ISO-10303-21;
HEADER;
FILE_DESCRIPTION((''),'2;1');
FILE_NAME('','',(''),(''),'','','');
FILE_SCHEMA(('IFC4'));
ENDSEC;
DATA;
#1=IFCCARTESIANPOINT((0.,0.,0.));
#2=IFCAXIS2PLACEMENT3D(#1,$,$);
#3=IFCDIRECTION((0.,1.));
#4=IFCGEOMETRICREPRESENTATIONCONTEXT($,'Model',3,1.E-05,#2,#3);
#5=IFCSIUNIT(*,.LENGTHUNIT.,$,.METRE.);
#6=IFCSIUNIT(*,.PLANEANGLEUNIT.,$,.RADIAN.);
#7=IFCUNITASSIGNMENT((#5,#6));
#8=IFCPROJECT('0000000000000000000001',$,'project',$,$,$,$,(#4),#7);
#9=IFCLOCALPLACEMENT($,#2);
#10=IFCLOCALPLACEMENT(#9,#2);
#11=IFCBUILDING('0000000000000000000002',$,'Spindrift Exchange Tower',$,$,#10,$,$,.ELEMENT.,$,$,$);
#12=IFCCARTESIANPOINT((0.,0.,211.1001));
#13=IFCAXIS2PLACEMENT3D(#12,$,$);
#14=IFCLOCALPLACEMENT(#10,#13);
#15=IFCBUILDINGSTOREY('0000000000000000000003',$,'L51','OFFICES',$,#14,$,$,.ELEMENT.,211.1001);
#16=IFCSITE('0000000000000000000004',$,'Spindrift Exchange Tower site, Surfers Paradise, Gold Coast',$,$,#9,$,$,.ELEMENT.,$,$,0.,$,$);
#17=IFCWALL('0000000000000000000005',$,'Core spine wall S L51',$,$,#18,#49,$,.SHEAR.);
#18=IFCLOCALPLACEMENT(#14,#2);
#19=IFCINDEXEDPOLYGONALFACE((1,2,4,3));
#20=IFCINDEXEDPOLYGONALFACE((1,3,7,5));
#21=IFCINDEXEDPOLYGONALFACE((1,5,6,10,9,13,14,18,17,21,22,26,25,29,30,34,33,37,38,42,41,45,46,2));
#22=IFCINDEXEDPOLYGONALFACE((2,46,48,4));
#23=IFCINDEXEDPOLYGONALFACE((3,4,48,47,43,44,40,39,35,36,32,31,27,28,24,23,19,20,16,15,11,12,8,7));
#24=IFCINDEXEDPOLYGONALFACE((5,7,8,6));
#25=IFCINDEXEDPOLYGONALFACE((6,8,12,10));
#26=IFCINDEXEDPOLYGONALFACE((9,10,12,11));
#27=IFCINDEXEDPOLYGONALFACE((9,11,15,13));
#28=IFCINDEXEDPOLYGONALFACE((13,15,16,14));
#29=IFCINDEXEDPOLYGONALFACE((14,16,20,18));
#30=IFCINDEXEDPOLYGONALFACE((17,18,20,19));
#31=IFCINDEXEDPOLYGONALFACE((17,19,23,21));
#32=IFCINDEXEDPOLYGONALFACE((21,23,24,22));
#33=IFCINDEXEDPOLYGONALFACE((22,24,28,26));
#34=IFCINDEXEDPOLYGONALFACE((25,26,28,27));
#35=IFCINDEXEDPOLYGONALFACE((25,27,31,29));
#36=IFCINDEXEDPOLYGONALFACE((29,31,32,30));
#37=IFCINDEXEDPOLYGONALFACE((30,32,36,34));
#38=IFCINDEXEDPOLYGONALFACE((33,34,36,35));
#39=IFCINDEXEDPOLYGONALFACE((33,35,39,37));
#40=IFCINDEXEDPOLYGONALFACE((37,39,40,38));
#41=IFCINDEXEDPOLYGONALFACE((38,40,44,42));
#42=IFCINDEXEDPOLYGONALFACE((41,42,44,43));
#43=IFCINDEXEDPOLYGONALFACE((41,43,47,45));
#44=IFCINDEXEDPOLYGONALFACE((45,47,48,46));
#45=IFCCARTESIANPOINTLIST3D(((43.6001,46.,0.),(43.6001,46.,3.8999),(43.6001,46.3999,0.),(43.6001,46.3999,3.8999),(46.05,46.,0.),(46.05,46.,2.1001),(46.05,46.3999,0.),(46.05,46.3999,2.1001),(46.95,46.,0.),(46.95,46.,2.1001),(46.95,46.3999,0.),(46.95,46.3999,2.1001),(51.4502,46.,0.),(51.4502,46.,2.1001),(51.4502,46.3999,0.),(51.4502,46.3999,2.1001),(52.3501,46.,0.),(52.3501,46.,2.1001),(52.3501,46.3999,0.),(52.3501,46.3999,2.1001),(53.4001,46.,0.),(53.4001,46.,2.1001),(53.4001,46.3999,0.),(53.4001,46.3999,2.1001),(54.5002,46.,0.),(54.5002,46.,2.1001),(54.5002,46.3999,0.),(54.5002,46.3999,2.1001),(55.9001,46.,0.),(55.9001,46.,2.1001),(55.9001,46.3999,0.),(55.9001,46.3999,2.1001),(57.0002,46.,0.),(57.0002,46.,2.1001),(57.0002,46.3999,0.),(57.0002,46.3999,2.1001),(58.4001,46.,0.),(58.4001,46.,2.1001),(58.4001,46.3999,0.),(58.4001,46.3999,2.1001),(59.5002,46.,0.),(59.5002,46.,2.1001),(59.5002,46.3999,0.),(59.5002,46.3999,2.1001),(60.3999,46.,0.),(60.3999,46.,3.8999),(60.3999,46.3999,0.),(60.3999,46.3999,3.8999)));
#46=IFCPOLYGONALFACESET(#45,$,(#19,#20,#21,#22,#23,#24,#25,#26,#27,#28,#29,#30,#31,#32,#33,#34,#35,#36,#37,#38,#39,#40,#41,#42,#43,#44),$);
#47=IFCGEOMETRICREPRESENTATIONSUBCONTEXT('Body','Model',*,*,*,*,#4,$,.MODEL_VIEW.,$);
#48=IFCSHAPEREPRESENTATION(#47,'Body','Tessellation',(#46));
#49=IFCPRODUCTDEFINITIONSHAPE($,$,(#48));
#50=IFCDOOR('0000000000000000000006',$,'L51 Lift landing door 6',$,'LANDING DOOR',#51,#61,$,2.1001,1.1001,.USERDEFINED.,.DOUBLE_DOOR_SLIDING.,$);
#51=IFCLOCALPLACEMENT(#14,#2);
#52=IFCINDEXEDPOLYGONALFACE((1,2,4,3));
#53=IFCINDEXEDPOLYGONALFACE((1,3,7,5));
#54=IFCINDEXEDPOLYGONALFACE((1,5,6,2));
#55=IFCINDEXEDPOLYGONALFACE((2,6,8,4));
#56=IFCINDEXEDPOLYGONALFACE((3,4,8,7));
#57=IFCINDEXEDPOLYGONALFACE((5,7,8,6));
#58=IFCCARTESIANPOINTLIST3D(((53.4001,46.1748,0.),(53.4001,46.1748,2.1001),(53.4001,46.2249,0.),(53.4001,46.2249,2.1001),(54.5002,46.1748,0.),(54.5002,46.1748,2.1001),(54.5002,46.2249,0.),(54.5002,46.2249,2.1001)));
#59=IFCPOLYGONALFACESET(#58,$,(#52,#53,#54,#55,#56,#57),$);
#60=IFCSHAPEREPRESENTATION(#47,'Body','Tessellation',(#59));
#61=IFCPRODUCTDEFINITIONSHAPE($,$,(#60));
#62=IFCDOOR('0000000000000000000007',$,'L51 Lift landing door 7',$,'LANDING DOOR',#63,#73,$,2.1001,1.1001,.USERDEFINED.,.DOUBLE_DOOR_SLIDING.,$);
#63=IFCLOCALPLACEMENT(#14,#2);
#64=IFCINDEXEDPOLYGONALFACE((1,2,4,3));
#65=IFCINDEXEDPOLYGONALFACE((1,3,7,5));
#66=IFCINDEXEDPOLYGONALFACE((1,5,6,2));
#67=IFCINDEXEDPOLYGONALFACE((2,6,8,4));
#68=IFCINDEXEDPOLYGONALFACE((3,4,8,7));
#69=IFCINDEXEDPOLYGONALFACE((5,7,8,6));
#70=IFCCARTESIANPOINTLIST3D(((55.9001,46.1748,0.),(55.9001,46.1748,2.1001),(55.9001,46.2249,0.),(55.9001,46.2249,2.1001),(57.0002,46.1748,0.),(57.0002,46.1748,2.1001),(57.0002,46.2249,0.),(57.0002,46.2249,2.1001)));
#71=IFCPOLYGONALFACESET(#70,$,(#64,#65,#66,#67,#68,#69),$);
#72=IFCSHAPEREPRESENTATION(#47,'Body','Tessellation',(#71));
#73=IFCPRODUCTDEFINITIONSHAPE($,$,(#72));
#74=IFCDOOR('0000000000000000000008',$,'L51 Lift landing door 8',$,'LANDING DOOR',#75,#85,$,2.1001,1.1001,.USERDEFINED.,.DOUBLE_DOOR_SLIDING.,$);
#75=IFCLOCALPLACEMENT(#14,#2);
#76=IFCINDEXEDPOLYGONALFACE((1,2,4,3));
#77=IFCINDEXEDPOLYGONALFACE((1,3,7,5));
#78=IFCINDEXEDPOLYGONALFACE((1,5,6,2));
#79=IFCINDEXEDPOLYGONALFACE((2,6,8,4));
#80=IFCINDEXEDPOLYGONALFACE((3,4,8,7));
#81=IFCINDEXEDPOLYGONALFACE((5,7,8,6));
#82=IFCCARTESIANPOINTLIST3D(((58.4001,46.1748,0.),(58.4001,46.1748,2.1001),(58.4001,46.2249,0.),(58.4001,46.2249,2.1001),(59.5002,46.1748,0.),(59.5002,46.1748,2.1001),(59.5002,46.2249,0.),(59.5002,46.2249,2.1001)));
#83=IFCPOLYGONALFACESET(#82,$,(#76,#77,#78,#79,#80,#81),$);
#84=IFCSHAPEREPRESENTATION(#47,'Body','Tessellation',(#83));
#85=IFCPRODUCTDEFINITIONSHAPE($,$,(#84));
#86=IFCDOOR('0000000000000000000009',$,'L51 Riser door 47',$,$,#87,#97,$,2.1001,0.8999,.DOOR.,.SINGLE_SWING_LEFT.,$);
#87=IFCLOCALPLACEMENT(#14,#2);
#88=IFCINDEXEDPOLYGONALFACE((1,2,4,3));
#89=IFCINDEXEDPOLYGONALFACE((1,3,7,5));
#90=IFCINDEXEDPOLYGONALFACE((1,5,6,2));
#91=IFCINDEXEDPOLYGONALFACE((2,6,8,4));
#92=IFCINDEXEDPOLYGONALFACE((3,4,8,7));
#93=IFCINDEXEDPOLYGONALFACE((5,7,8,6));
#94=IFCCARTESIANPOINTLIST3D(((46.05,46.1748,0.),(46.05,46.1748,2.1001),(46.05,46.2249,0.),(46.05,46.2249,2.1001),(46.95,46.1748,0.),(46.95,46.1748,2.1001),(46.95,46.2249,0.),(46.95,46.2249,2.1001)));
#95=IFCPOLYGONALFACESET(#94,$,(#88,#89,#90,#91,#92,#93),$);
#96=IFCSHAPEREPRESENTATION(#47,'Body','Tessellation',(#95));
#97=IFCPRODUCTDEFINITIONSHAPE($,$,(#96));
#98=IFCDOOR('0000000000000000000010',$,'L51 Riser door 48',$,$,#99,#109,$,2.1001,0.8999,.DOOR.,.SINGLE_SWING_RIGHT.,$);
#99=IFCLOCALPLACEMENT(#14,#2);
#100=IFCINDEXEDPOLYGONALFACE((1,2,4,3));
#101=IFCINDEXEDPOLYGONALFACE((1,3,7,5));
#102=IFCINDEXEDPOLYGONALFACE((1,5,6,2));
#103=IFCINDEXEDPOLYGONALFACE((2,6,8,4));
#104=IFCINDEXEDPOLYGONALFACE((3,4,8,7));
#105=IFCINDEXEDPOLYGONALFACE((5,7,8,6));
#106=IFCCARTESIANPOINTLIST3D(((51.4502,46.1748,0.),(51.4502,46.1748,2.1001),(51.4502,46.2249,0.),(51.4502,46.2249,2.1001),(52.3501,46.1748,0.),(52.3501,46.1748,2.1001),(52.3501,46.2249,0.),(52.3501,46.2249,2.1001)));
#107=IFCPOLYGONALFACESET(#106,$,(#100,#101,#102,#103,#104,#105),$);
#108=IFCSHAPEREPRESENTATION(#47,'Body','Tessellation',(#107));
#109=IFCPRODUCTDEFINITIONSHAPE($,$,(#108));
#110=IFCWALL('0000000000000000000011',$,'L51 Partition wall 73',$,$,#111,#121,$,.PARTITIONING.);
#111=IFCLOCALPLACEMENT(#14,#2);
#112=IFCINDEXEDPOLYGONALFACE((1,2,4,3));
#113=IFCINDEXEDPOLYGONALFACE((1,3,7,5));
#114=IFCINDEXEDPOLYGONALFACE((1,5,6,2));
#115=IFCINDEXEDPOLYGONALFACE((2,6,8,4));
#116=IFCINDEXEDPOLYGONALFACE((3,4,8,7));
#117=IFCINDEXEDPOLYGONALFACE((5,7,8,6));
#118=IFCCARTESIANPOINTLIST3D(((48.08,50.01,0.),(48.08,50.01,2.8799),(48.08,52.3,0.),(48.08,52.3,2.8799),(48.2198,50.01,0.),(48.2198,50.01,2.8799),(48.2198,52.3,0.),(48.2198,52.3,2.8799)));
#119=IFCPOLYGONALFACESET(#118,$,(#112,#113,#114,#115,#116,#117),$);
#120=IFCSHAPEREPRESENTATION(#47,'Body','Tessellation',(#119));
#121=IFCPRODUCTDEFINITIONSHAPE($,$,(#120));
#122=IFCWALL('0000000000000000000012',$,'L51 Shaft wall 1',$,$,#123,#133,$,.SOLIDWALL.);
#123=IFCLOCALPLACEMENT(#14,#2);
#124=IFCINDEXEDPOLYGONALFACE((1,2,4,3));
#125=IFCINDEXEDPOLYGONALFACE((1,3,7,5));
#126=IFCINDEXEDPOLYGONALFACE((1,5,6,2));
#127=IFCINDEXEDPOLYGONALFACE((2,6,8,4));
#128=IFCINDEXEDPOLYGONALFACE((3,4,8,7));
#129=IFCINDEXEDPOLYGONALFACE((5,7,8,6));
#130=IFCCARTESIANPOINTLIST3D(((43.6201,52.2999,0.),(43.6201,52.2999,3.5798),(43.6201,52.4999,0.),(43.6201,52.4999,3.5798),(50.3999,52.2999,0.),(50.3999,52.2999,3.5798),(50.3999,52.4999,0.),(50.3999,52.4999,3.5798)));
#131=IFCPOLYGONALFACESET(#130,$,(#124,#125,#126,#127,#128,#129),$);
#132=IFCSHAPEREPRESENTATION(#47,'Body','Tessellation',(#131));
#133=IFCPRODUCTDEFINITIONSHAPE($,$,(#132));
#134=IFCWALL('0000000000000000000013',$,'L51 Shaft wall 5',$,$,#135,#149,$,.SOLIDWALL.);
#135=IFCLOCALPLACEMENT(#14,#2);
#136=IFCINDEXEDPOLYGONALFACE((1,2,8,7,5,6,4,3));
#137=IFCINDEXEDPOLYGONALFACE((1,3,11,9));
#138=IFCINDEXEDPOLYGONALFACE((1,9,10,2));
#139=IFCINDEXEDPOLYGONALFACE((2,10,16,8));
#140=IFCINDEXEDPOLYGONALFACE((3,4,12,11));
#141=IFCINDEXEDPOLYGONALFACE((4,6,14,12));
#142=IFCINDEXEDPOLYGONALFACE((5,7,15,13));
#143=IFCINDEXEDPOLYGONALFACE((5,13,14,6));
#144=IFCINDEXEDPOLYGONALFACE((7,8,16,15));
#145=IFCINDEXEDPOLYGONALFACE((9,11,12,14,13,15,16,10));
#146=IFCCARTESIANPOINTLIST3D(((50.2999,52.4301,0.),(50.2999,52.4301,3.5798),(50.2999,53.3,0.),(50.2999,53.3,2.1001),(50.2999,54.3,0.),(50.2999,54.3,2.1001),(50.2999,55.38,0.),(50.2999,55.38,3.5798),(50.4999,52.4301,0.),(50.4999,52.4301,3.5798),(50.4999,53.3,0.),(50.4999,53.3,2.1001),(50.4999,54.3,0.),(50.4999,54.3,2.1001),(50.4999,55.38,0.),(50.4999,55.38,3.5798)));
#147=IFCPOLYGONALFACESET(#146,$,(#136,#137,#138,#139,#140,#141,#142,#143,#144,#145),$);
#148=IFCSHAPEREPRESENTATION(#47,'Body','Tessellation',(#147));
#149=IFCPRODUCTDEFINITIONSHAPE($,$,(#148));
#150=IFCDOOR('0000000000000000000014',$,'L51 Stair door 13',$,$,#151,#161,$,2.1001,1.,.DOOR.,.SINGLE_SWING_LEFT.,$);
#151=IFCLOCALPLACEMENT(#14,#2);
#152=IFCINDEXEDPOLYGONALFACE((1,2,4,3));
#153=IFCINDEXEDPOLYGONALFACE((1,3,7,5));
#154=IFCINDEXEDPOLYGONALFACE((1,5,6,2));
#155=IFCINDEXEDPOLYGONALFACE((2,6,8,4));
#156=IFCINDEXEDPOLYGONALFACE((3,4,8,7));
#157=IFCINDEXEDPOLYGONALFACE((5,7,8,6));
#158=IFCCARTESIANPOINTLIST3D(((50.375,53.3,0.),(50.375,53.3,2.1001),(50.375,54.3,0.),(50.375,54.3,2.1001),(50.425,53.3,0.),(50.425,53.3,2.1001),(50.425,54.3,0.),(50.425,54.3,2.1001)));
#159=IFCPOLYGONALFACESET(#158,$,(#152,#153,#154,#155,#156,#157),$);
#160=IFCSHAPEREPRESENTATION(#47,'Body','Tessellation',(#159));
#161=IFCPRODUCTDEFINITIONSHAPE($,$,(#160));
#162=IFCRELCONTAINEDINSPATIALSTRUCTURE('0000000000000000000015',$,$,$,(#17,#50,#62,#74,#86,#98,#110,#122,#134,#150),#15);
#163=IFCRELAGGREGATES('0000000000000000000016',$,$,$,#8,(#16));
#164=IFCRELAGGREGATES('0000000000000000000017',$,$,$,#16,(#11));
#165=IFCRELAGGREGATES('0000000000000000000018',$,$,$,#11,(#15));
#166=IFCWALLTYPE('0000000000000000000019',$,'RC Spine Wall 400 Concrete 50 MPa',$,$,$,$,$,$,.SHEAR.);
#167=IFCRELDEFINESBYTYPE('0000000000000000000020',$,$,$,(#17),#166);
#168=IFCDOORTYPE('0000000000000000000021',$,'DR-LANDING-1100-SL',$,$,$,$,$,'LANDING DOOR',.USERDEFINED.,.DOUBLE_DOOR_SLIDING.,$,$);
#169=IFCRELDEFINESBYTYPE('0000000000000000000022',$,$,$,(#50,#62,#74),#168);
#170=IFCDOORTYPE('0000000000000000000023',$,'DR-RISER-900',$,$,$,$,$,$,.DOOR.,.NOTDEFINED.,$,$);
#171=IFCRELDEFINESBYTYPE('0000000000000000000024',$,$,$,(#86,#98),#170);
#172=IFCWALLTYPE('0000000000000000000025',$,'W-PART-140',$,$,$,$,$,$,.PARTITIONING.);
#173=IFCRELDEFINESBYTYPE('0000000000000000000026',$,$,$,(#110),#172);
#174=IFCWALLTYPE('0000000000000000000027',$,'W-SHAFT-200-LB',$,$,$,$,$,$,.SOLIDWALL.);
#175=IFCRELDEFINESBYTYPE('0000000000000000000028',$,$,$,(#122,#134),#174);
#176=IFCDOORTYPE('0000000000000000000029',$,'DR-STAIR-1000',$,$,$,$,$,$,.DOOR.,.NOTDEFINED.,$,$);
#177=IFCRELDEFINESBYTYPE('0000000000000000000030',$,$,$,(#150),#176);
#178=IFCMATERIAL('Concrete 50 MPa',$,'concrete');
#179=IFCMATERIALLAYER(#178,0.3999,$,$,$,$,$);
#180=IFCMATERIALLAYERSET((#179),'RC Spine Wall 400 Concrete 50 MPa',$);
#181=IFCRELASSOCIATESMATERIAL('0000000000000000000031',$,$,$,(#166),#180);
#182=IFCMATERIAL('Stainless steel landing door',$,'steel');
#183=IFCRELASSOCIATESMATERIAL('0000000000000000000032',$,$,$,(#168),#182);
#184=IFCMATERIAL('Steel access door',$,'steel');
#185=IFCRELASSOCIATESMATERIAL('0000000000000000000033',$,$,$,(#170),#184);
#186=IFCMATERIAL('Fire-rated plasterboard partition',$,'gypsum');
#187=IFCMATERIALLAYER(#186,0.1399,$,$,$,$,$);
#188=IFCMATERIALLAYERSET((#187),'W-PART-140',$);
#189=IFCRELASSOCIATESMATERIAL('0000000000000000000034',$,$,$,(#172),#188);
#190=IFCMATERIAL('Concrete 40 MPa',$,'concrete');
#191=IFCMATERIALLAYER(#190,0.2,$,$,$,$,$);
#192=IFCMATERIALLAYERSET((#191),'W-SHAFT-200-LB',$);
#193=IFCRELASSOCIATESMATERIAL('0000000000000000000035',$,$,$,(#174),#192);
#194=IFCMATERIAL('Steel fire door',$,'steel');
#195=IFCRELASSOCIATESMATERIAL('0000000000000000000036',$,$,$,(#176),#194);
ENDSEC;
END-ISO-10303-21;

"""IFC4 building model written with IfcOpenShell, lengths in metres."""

from ifc_helpers import new_model, si_unit, direction, frame, frame_2d, origin, place, context, subcontext, project, spatial, rectangle, extrude, source, transform, mapped, material, layer, layer_set, type_object, element, fill, save


model = new_model("IFC4")

# Units and contexts
model_context = context("Model", 3, precision=1e-05, world=origin(), true_north=direction((0.0, 1.0)))
body_context = subcontext(model_context, "Body", "Model", "MODEL_VIEW")
ifc_project = project(units=[si_unit("LENGTHUNIT", "METRE"), si_unit("PLANEANGLEUNIT", "RADIAN")], contexts=[model_context])

# Site, building, storey
site_placement = place(None, origin())
site = spatial("IfcSite", under=ifc_project, at=site_placement, Name="Spindrift Exchange Tower site, Surfers Paradise, Gold Coast", CompositionType="ELEMENT", RefElevation=0.0)
building_placement = place(site_placement, origin())
building = spatial("IfcBuilding", under=site, at=building_placement, Name="Spindrift Exchange Tower", CompositionType="ELEMENT")
storey_placement = place(building_placement, frame((0.0, 0.0, 211.1001)))
storey = spatial("IfcBuildingStorey", under=building, at=storey_placement, Name="L51", Description="OFFICES", CompositionType="ELEMENT", Elevation=211.1001)

# Wall, openings, doors
ifc_material_1 = material(Name="Concrete 50 MPa", Category="concrete")
ifc_layer_1 = layer(ifc_material_1, 0.3999)
ifc_layer_set_1 = layer_set([ifc_layer_1], Name="RC Spine Wall 400 Concrete 50 MPa")
wall_type_1 = type_object("IfcWallType", Name="RC Spine Wall 400 Concrete 50 MPa", PredefinedType="SHEAR", material=ifc_layer_set_1)
ifc_material_2 = material(Name="Stainless steel landing door", Category="steel")
door_type_1 = type_object("IfcDoorType", Name="DR-LANDING-1100-SL", ElementType="LANDING DOOR", OperationType="DOUBLE_DOOR_SLIDING", PredefinedType="USERDEFINED", material=ifc_material_2)
shared_shape_1 = source(origin(), body_context, "Body", "SweptSolid", [
    extrude(rectangle(XDim=1.1001, YDim=2.1001, at=frame_2d((0.55, 1.05))), frame((0.0, 0.0249, 0.0), z_axis=(0.0, -1.0, 0.0), x_axis=(1.0, 0.0, 0.0)), (0.0, 0.0, 1.0), 0.05),
])
ifc_material_3 = material(Name="Steel access door", Category="steel")
door_type_2 = type_object("IfcDoorType", Name="DR-RISER-900", OperationType="NOTDEFINED", PredefinedType="DOOR", material=ifc_material_3)
shared_shape_2 = source(origin(), body_context, "Body", "SweptSolid", [
    extrude(rectangle(XDim=0.8999, YDim=2.1001, at=frame_2d((0.45, 1.05))), frame((0.0, 0.0249, 0.0), z_axis=(0.0, -1.0, 0.0), x_axis=(1.0, 0.0, 0.0)), (0.0, 0.0, 1.0), 0.05),
])
wall_1_placement = place(storey_placement, frame((43.6001, 46.2, 0.0), z_axis=(0.0, 0.0, 1.0), x_axis=(1.0, 0.0, 0.0)))
wall_1 = element("IfcWall", 1, at=wall_1_placement, inside=storey, type_object=wall_type_1, Name="Core spine wall S L51", PredefinedType="SHEAR", context=body_context, shape_type="SweptSolid", body=[
    extrude(rectangle(XDim=16.7998, YDim=0.3999, at=frame_2d((8.3999, 0.0))), origin(), (0.0, 0.0, 1.0), 3.8999),
])
opening_1_placement = place(wall_1_placement, frame((9.8, 0.0, 0.0)))
opening_1 = element("IfcOpeningElement", 2, at=opening_1_placement, cuts=wall_1, PredefinedType="OPENING", context=body_context, shape_type="SweptSolid", body=[
    extrude(rectangle(XDim=1.1001, YDim=2.1001, at=frame_2d((0.55, 1.05))), frame((0.0, 0.21, 0.0), z_axis=(0.0, -1.0, 0.0), x_axis=(1.0, 0.0, 0.0)), (0.0, 0.0, 1.0), 0.4199),
])
opening_2_placement = place(wall_1_placement, frame((12.3, 0.0, 0.0)))
opening_2 = element("IfcOpeningElement", 3, at=opening_2_placement, cuts=wall_1, PredefinedType="OPENING", context=body_context, shape_type="SweptSolid", body=[
    extrude(rectangle(XDim=1.1001, YDim=2.1001, at=frame_2d((0.55, 1.05))), frame((0.0, 0.21, 0.0), z_axis=(0.0, -1.0, 0.0), x_axis=(1.0, 0.0, 0.0)), (0.0, 0.0, 1.0), 0.4199),
])
opening_3_placement = place(wall_1_placement, frame((14.8, 0.0, 0.0)))
opening_3 = element("IfcOpeningElement", 4, at=opening_3_placement, cuts=wall_1, PredefinedType="OPENING", context=body_context, shape_type="SweptSolid", body=[
    extrude(rectangle(XDim=1.1001, YDim=2.1001, at=frame_2d((0.55, 1.05))), frame((0.0, 0.21, 0.0), z_axis=(0.0, -1.0, 0.0), x_axis=(1.0, 0.0, 0.0)), (0.0, 0.0, 1.0), 0.4199),
])
opening_4_placement = place(wall_1_placement, frame((2.45, 0.0, 0.0)))
opening_4 = element("IfcOpeningElement", 5, at=opening_4_placement, cuts=wall_1, PredefinedType="OPENING", context=body_context, shape_type="SweptSolid", body=[
    extrude(rectangle(XDim=0.8999, YDim=2.1001, at=frame_2d((0.45, 1.05))), frame((0.0, 0.21, 0.0), z_axis=(0.0, -1.0, 0.0), x_axis=(1.0, 0.0, 0.0)), (0.0, 0.0, 1.0), 0.4199),
])
opening_5_placement = place(wall_1_placement, frame((7.8501, 0.0, 0.0)))
opening_5 = element("IfcOpeningElement", 6, at=opening_5_placement, cuts=wall_1, PredefinedType="OPENING", context=body_context, shape_type="SweptSolid", body=[
    extrude(rectangle(XDim=0.8999, YDim=2.1001, at=frame_2d((0.45, 1.05))), frame((0.0, 0.21, 0.0), z_axis=(0.0, -1.0, 0.0), x_axis=(1.0, 0.0, 0.0)), (0.0, 0.0, 1.0), 0.4199),
])
door_1_placement = place(opening_1_placement, origin())
door_1 = element("IfcDoor", 7, at=door_1_placement, inside=storey, type_object=door_type_1, Name="L51 Lift landing door 6", ObjectType="LANDING DOOR", OperationType="DOUBLE_DOOR_SLIDING", OverallHeight=2.1001, OverallWidth=1.1001, PredefinedType="USERDEFINED", context=body_context, shape_type="MappedRepresentation", body=[
    mapped(shared_shape_1, transform((0.0, 0.0, 0.0), scale=1.0)),
])
fill(opening_1, door_1)
door_2_placement = place(opening_2_placement, origin())
door_2 = element("IfcDoor", 8, at=door_2_placement, inside=storey, type_object=door_type_1, Name="L51 Lift landing door 7", ObjectType="LANDING DOOR", OperationType="DOUBLE_DOOR_SLIDING", OverallHeight=2.1001, OverallWidth=1.1001, PredefinedType="USERDEFINED", context=body_context, shape_type="MappedRepresentation", body=[
    mapped(shared_shape_1, transform((0.0, 0.0, 0.0), scale=1.0)),
])
fill(opening_2, door_2)
door_3_placement = place(opening_3_placement, origin())
door_3 = element("IfcDoor", 9, at=door_3_placement, inside=storey, type_object=door_type_1, Name="L51 Lift landing door 8", ObjectType="LANDING DOOR", OperationType="DOUBLE_DOOR_SLIDING", OverallHeight=2.1001, OverallWidth=1.1001, PredefinedType="USERDEFINED", context=body_context, shape_type="MappedRepresentation", body=[
    mapped(shared_shape_1, transform((0.0, 0.0, 0.0), scale=1.0)),
])
fill(opening_3, door_3)
door_4_placement = place(opening_4_placement, origin())
door_4 = element("IfcDoor", 10, at=door_4_placement, inside=storey, type_object=door_type_2, Name="L51 Riser door 47", OperationType="SINGLE_SWING_LEFT", OverallHeight=2.1001, OverallWidth=0.8999, PredefinedType="DOOR", context=body_context, shape_type="MappedRepresentation", body=[
    mapped(shared_shape_2, transform((0.0, 0.0, 0.0), scale=1.0)),
])
fill(opening_4, door_4)
door_5_placement = place(opening_5_placement, origin())
door_5 = element("IfcDoor", 11, at=door_5_placement, inside=storey, type_object=door_type_2, Name="L51 Riser door 48", OperationType="SINGLE_SWING_RIGHT", OverallHeight=2.1001, OverallWidth=0.8999, PredefinedType="DOOR", context=body_context, shape_type="MappedRepresentation", body=[
    mapped(shared_shape_2, transform((0.0, 0.0, 0.0), scale=1.0)),
])
fill(opening_5, door_5)

# Walls
ifc_material_4 = material(Name="Fire-rated plasterboard partition", Category="gypsum")
ifc_layer_2 = layer(ifc_material_4, 0.1399)
ifc_layer_set_2 = layer_set([ifc_layer_2], Name="W-PART-140")
wall_type_2 = type_object("IfcWallType", Name="W-PART-140", PredefinedType="PARTITIONING", material=ifc_layer_set_2)
wall_2_placement = place(storey_placement, frame((48.1499, 50.01, 0.0), z_axis=(0.0, 0.0, 1.0), x_axis=(0.0, 1.0, 0.0)))
element("IfcWall", 12, at=wall_2_placement, inside=storey, type_object=wall_type_2, Name="L51 Partition wall 73", PredefinedType="PARTITIONING", context=body_context, shape_type="SweptSolid", body=[
    extrude(rectangle(XDim=2.29, YDim=0.1399, at=frame_2d((1.145, 0.0))), origin(), (0.0, 0.0, 1.0), 2.8799),
])
ifc_material_5 = material(Name="Concrete 40 MPa", Category="concrete")
ifc_layer_3 = layer(ifc_material_5, 0.2)
ifc_layer_set_3 = layer_set([ifc_layer_3], Name="W-SHAFT-200-LB")
wall_type_3 = type_object("IfcWallType", Name="W-SHAFT-200-LB", PredefinedType="SOLIDWALL", material=ifc_layer_set_3)
wall_3_placement = place(storey_placement, frame((43.6201, 52.3999, 0.0), z_axis=(0.0, 0.0, 1.0), x_axis=(1.0, 0.0, 0.0)))
element("IfcWall", 13, at=wall_3_placement, inside=storey, type_object=wall_type_3, Name="L51 Shaft wall 1", PredefinedType="SOLIDWALL", context=body_context, shape_type="SweptSolid", body=[
    extrude(rectangle(XDim=6.7798, YDim=0.2, at=frame_2d((3.3899, 0.0))), origin(), (0.0, 0.0, 1.0), 3.5798),
])

# Wall, opening, door
wall_4_placement = place(storey_placement, frame((50.3999, 52.4299, 0.0), z_axis=(0.0, 0.0, 1.0), x_axis=(0.0, 1.0, 0.0)))
wall_4 = element("IfcWall", 14, at=wall_4_placement, inside=storey, type_object=wall_type_3, Name="L51 Shaft wall 5", PredefinedType="SOLIDWALL", context=body_context, shape_type="SweptSolid", body=[
    extrude(rectangle(XDim=2.95, YDim=0.2, at=frame_2d((1.4751, 0.0))), origin(), (0.0, 0.0, 1.0), 3.5798),
])
opening_6_placement = place(wall_4_placement, frame((0.8701, 0.0, 0.0)))
opening_6 = element("IfcOpeningElement", 15, at=opening_6_placement, cuts=wall_4, PredefinedType="OPENING", context=body_context, shape_type="SweptSolid", body=[
    extrude(rectangle(XDim=1.0, YDim=2.1001, at=frame_2d((0.5, 1.05))), frame((0.0, 0.1099, 0.0), z_axis=(0.0, -1.0, 0.0), x_axis=(1.0, 0.0, 0.0)), (0.0, 0.0, 1.0), 0.22),
])
ifc_material_6 = material(Name="Steel fire door", Category="steel")
door_type_3 = type_object("IfcDoorType", Name="DR-STAIR-1000", OperationType="NOTDEFINED", PredefinedType="DOOR", material=ifc_material_6)
shared_shape_3 = source(origin(), body_context, "Body", "SweptSolid", [
    extrude(rectangle(XDim=1.0, YDim=2.1001, at=frame_2d((0.5, 1.05))), frame((0.0, 0.0249, 0.0), z_axis=(0.0, -1.0, 0.0), x_axis=(1.0, 0.0, 0.0)), (0.0, 0.0, 1.0), 0.05),
])
door_6_placement = place(opening_6_placement, origin())
door_6 = element("IfcDoor", 16, at=door_6_placement, inside=storey, type_object=door_type_3, Name="L51 Stair door 13", OperationType="SINGLE_SWING_LEFT", OverallHeight=2.1001, OverallWidth=1.0, PredefinedType="DOOR", context=body_context, shape_type="MappedRepresentation", body=[
    mapped(shared_shape_3, transform((0.0, 0.0, 0.0), scale=1.0)),
])
fill(opening_6, door_6)

save(model, "model.ifc")
